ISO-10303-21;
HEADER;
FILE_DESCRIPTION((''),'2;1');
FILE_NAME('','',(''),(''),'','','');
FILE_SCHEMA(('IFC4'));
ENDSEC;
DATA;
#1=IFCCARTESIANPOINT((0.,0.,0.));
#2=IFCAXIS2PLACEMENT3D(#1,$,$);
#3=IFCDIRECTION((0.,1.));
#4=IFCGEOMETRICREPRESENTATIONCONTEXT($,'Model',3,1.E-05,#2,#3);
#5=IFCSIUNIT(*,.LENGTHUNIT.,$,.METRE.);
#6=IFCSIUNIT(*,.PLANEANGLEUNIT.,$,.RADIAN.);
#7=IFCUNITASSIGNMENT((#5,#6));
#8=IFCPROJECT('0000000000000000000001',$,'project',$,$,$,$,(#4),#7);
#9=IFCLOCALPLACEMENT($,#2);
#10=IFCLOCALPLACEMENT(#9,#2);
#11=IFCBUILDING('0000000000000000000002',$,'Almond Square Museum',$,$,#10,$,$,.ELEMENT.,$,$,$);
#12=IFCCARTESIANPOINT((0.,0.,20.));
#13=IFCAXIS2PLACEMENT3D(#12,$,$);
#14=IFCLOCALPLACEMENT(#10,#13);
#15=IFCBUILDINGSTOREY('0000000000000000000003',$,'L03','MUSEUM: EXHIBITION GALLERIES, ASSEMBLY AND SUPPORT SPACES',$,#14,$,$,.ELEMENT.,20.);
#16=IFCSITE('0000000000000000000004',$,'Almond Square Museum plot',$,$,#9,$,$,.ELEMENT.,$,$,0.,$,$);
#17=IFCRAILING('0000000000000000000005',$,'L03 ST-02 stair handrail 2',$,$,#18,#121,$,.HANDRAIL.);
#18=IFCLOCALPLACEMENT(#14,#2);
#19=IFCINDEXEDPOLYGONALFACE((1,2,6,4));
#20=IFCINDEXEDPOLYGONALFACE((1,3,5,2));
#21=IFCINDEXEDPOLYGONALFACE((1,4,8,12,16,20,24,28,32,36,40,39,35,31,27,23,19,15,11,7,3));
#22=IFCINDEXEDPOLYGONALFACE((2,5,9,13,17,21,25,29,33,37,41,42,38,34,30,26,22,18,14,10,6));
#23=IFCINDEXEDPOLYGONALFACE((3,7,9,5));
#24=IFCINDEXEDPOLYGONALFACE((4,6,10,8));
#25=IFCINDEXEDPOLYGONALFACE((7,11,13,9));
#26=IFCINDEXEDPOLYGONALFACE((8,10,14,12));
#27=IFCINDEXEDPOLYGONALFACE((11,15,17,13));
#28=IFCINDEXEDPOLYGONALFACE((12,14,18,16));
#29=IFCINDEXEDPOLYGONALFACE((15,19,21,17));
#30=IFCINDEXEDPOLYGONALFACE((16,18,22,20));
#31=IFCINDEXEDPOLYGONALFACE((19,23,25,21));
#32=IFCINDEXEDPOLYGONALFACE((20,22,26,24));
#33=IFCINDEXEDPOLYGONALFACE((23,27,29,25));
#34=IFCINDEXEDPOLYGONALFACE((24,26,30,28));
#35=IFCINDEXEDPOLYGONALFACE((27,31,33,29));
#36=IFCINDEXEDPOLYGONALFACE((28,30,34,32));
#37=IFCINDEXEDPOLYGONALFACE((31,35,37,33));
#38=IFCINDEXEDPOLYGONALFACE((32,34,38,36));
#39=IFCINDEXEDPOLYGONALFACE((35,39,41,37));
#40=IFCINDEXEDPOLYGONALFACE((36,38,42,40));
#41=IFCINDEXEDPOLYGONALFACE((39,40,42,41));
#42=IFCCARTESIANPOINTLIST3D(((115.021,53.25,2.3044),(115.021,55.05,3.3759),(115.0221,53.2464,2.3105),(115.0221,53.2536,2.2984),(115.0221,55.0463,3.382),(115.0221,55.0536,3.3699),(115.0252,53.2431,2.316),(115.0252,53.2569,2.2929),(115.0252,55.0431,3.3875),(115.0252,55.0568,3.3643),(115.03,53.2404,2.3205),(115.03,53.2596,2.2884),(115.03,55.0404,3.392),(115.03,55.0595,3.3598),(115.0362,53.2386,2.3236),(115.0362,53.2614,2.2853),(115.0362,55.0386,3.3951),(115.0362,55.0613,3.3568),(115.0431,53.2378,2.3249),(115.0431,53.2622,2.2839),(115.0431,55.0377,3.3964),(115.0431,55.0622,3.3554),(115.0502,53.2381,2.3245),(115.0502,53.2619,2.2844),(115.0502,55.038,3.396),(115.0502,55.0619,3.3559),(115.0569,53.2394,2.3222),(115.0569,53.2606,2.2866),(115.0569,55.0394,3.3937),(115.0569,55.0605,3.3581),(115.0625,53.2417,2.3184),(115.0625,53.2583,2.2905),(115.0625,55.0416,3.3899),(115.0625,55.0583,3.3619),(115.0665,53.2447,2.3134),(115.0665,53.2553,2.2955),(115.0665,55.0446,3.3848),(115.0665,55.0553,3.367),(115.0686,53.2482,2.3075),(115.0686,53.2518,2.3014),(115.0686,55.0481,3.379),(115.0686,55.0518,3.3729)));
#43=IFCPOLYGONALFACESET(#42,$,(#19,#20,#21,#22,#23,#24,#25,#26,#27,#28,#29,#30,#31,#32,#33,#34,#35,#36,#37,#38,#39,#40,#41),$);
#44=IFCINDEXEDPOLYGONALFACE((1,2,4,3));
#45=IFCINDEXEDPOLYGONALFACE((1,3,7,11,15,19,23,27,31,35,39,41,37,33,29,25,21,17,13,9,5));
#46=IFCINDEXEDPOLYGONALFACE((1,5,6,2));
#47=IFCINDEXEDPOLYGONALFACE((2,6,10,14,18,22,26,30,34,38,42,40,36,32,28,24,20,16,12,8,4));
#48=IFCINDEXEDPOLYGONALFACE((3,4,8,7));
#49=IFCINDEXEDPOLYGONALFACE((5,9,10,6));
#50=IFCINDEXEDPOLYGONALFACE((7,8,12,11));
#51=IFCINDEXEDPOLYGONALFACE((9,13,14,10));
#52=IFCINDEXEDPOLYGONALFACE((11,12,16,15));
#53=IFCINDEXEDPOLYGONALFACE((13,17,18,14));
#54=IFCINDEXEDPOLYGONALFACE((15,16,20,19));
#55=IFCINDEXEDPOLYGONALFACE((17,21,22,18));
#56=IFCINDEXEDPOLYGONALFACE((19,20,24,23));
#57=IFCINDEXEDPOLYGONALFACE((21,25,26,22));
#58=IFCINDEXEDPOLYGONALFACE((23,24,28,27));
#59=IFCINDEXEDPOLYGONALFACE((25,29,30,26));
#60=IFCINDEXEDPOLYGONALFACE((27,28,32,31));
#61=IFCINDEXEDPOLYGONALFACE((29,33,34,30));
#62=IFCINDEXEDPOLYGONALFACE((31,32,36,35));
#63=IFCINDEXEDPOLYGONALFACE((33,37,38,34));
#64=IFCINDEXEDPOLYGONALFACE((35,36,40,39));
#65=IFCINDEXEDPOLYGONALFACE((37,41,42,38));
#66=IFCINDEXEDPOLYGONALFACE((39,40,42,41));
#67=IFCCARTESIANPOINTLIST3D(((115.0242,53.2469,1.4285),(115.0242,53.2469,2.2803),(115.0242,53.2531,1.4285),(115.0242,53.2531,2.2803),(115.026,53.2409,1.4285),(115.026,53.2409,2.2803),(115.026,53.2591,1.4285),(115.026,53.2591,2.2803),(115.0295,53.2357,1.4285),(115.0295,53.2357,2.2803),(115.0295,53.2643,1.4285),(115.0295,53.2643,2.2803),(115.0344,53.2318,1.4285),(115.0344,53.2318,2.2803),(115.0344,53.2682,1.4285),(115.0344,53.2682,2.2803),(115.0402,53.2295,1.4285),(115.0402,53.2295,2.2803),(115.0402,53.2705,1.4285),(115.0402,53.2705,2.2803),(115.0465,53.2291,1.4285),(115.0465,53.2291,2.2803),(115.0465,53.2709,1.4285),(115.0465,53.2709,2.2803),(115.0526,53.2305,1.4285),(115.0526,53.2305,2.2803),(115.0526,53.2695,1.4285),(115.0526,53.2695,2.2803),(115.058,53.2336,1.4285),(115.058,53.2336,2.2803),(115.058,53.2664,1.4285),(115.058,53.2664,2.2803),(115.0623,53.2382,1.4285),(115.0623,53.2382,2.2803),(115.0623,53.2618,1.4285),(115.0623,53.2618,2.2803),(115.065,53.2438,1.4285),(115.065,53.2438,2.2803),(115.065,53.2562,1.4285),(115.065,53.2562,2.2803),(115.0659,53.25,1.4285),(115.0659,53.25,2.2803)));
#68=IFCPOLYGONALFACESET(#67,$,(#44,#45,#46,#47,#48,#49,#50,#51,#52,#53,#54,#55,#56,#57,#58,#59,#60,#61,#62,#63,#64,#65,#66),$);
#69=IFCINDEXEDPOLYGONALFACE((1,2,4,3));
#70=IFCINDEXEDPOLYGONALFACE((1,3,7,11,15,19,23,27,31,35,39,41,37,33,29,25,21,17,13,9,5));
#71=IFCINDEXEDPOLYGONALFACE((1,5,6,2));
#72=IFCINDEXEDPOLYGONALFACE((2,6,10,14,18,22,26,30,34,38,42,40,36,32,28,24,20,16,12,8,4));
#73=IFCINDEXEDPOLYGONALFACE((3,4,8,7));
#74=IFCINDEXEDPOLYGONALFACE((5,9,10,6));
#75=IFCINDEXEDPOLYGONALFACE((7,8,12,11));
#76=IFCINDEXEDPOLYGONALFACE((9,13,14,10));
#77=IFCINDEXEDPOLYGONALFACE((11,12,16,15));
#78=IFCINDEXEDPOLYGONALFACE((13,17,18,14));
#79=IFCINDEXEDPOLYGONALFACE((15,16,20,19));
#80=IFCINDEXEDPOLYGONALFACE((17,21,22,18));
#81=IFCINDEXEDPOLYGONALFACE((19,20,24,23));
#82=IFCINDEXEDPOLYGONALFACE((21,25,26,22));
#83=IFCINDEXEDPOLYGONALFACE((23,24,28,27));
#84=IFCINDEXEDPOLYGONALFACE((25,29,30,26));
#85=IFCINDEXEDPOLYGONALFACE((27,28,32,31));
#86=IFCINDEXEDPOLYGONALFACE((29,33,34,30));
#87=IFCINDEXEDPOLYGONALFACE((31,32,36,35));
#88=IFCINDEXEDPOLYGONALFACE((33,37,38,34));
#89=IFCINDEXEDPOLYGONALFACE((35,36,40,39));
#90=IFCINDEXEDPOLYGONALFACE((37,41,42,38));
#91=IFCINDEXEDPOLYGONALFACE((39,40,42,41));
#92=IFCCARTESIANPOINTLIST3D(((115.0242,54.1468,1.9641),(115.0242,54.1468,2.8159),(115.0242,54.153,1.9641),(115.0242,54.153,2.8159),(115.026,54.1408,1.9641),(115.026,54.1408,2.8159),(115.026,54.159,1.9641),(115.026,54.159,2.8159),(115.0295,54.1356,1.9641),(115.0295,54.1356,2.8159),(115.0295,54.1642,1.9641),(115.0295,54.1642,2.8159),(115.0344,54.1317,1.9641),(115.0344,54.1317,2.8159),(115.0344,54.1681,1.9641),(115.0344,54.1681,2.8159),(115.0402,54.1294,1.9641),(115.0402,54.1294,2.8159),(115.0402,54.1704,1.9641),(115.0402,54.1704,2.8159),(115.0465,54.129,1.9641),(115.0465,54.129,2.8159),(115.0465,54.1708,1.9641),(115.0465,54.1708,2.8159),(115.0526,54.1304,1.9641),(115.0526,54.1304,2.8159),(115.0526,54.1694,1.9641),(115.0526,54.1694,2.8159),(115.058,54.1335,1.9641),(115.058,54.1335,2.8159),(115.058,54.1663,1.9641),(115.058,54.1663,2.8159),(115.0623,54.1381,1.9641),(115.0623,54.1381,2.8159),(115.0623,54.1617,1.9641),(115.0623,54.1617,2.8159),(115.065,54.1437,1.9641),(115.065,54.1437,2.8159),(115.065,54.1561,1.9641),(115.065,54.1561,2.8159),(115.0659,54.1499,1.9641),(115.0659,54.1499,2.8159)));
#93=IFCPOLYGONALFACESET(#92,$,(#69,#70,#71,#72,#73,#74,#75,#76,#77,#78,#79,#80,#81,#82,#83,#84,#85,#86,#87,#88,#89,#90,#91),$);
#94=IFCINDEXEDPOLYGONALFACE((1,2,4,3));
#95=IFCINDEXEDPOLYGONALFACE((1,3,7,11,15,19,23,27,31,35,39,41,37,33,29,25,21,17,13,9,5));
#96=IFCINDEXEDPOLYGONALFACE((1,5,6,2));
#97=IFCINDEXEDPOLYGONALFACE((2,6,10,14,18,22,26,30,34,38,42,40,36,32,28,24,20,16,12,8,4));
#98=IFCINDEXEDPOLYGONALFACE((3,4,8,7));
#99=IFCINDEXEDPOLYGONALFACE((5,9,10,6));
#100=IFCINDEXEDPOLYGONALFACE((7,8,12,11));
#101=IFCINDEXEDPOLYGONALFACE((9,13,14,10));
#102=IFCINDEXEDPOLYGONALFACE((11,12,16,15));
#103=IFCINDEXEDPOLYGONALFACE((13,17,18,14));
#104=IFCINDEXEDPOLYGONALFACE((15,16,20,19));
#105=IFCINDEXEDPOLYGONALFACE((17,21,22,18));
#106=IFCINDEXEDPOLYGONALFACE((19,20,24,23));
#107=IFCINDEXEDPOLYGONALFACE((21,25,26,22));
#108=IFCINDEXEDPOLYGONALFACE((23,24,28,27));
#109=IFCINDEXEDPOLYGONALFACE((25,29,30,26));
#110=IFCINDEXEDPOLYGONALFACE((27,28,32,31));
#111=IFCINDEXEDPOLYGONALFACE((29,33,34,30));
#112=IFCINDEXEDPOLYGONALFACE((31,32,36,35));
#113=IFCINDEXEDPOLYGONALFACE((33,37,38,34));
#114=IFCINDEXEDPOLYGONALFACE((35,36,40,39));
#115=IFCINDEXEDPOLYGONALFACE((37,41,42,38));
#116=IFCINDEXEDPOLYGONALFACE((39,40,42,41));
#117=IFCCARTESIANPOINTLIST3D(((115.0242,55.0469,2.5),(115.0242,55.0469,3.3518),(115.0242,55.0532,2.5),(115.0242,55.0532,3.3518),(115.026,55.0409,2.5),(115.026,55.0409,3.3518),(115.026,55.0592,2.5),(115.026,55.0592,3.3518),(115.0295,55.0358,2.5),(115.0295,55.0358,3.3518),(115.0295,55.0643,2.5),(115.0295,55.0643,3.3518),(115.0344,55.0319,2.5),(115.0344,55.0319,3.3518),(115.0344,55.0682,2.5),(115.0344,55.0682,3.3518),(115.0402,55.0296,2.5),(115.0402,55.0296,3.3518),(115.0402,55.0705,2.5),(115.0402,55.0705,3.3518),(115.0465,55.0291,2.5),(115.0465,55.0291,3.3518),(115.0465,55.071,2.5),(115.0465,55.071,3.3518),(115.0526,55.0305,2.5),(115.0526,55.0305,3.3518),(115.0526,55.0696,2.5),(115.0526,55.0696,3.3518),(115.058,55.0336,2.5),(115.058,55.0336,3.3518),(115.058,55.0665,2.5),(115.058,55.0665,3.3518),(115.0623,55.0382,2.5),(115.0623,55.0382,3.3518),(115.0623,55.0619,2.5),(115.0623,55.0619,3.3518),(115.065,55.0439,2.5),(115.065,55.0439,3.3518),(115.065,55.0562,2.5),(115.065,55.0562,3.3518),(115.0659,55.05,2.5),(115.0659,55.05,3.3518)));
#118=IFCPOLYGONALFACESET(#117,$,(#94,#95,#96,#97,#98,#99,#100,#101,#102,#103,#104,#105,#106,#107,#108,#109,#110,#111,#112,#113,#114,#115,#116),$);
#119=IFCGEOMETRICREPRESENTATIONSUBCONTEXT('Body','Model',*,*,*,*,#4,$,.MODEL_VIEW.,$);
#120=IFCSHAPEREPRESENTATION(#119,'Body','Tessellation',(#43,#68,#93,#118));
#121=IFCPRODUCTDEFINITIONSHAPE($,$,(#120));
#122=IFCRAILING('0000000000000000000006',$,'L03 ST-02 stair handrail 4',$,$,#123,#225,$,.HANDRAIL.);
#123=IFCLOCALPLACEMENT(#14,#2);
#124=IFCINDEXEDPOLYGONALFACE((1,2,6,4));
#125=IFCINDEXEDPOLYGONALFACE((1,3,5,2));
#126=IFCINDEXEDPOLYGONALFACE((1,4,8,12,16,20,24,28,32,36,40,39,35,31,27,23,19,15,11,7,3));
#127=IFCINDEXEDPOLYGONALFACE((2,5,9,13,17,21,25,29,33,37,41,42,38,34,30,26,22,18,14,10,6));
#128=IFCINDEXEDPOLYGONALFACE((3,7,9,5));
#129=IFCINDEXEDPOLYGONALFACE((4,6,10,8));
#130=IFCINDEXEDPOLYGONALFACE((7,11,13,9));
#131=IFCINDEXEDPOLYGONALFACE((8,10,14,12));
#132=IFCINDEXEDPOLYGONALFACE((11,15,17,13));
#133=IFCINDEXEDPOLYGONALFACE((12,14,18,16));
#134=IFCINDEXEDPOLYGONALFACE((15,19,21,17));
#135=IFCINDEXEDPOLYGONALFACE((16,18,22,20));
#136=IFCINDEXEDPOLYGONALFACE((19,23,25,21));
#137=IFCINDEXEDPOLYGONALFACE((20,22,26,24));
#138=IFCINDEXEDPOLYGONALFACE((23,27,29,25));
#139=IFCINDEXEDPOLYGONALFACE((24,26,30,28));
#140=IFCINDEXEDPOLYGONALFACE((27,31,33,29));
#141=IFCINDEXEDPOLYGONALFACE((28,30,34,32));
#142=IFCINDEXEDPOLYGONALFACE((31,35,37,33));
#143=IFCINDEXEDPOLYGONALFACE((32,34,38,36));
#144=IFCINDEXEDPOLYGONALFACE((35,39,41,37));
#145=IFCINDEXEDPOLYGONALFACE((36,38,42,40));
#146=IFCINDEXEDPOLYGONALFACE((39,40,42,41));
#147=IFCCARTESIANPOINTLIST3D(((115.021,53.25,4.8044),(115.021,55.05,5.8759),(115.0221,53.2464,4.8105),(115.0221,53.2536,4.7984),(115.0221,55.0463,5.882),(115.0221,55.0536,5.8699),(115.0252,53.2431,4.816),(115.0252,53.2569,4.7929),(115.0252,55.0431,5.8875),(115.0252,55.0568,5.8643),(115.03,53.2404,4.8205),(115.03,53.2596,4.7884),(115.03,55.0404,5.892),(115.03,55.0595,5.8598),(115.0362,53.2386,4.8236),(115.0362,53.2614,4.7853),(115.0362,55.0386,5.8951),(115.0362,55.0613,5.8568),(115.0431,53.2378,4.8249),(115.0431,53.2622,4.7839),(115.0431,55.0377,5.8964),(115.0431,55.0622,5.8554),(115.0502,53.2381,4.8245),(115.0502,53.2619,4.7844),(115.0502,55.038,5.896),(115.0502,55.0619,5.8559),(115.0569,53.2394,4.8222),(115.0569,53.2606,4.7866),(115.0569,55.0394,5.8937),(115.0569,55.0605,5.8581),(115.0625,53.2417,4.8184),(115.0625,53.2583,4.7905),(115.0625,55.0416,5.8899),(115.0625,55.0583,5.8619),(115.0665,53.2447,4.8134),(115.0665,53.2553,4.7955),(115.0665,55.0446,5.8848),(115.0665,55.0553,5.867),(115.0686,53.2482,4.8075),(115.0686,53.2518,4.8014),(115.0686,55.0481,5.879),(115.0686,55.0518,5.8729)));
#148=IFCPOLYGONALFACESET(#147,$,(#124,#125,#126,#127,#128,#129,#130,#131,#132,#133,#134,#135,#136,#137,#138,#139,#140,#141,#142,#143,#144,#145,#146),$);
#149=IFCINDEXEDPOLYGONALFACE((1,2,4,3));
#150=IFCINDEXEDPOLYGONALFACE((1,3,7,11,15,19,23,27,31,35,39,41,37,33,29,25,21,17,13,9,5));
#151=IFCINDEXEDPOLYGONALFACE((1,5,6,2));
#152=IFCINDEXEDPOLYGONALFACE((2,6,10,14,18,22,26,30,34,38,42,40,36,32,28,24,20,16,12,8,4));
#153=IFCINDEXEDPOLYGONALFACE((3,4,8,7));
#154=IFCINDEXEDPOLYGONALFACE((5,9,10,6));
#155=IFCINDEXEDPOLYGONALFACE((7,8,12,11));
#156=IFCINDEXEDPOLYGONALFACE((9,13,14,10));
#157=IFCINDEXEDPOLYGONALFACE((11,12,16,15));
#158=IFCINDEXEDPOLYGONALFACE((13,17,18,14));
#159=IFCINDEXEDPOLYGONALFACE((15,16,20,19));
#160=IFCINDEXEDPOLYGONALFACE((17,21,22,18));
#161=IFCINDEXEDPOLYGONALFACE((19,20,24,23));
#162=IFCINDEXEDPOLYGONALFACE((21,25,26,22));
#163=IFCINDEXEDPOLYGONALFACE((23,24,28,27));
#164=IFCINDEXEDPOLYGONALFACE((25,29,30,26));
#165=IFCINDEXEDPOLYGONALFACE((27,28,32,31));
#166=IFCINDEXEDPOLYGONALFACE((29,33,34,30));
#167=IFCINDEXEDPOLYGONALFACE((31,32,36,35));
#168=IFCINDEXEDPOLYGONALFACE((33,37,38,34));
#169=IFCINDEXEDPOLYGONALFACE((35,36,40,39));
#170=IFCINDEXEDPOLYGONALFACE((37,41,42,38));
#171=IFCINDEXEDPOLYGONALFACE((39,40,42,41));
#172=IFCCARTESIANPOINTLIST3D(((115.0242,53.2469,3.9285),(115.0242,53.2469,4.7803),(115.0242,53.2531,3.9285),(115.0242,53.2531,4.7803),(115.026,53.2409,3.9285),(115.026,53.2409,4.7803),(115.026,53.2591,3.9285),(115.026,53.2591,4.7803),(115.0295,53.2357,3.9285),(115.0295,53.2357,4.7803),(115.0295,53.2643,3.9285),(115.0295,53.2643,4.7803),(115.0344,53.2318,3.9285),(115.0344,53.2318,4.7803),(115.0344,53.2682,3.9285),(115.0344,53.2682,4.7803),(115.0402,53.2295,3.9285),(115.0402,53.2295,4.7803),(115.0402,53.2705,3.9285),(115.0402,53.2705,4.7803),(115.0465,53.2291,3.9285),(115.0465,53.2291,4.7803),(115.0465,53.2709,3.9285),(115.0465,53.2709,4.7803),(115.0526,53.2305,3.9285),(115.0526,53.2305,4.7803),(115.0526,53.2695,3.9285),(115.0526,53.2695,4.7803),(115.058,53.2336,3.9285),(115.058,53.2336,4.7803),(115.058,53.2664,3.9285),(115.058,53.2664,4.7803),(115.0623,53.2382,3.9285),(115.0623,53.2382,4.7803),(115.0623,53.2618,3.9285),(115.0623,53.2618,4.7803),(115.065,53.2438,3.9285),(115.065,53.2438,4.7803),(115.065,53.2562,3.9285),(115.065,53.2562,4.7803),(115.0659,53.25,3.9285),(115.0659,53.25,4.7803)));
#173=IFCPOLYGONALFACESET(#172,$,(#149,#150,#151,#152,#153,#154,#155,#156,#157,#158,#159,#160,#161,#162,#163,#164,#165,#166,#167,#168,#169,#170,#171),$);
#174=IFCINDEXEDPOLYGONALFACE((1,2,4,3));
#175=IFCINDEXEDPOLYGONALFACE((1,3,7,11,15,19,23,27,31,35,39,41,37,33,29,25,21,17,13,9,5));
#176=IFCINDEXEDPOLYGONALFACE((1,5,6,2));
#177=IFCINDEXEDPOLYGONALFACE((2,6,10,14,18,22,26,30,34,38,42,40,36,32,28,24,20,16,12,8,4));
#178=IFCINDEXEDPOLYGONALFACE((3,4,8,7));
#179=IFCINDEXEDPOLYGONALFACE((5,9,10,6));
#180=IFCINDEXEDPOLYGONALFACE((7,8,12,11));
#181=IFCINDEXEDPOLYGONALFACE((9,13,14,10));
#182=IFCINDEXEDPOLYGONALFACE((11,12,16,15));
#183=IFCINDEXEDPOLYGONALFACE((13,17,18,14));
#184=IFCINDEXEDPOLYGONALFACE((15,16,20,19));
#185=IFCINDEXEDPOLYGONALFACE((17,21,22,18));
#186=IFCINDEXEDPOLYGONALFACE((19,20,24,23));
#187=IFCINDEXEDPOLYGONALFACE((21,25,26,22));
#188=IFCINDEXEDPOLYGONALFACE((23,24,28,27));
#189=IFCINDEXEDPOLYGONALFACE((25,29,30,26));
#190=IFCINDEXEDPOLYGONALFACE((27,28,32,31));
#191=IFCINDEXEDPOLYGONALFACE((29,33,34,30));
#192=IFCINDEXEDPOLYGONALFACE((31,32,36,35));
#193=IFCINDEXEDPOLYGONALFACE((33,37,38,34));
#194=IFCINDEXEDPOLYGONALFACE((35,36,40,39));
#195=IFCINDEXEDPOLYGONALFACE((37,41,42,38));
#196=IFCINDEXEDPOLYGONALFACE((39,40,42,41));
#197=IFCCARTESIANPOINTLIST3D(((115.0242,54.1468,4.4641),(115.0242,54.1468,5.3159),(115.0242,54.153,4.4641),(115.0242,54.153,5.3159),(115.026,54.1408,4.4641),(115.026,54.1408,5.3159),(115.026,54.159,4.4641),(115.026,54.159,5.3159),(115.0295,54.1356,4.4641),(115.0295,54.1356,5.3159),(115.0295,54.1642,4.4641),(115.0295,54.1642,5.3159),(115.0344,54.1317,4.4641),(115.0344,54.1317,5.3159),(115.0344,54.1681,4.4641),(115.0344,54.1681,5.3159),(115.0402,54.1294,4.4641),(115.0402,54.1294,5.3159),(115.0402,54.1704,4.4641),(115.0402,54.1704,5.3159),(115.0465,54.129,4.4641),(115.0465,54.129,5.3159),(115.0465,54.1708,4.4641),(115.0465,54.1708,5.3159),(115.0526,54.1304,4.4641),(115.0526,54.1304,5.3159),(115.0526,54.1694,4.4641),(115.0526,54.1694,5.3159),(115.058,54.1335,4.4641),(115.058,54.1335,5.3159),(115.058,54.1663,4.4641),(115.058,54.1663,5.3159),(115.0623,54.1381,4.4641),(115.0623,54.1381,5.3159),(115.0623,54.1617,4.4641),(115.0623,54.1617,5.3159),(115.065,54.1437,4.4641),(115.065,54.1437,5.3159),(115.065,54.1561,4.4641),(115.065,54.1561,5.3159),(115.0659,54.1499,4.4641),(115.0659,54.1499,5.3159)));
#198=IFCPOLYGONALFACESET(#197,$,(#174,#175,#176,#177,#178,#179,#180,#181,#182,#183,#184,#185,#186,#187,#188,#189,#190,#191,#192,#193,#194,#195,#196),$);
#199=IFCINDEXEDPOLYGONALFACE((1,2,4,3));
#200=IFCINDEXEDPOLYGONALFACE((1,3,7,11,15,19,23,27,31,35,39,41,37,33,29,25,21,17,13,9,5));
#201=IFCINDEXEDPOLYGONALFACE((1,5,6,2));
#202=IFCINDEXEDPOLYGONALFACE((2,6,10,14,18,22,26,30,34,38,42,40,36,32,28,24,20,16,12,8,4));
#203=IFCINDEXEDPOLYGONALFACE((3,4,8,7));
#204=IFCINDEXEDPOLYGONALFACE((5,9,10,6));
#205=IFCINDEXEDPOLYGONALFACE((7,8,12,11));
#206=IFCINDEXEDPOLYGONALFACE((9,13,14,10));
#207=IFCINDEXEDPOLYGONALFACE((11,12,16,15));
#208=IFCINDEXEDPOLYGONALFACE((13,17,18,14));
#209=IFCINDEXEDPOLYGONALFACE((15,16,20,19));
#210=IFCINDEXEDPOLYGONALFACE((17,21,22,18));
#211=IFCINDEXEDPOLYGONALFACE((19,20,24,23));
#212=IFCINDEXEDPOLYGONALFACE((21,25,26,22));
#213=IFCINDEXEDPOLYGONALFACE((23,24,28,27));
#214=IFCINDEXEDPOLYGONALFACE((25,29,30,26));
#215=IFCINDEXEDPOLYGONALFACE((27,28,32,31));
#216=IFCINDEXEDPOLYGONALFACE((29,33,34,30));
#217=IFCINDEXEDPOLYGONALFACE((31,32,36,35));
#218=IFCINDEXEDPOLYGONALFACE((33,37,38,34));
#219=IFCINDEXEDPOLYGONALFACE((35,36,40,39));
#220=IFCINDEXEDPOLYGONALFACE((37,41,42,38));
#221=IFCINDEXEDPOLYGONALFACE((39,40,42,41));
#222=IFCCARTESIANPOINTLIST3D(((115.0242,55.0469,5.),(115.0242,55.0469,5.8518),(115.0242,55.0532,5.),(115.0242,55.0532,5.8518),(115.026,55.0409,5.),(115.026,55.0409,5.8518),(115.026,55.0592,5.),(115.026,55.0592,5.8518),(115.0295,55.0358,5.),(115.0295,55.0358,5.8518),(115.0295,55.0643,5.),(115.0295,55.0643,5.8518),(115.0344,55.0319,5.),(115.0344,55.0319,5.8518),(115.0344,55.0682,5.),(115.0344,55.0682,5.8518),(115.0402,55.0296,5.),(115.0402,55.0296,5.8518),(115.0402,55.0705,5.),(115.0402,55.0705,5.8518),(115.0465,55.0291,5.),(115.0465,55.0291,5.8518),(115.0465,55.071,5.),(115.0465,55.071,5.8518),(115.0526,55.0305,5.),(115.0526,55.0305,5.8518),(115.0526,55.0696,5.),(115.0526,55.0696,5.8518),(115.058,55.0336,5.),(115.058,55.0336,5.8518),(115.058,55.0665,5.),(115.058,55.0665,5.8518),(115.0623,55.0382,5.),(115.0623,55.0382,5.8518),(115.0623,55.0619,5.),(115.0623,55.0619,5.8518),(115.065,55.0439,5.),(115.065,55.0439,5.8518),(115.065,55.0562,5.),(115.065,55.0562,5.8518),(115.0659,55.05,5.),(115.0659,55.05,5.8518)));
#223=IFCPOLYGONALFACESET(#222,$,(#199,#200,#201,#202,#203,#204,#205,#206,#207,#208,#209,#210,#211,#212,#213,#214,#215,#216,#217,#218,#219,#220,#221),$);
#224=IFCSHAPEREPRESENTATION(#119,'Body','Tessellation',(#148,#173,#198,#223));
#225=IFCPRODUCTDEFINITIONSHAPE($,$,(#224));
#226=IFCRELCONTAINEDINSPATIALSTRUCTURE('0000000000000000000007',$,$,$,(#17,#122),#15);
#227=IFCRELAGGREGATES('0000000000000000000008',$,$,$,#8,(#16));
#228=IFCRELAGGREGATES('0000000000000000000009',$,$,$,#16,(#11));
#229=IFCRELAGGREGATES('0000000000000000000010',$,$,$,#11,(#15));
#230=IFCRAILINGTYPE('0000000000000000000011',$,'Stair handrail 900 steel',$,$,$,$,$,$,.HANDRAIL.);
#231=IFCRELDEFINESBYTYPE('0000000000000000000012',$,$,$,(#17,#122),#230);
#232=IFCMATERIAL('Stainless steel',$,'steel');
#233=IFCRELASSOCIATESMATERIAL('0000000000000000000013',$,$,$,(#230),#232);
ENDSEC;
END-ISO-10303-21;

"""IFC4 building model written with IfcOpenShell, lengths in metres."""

from ifc_helpers import new_model, si_unit, direction, frame, origin, origin_2d, place, context, subcontext, project, spatial, circle, extrude, material, type_object, element, save


model = new_model("IFC4")

# Units and contexts
model_context = context("Model", 3, precision=1e-05, world=origin(), true_north=direction((0.0, 1.0)))
body_context = subcontext(model_context, "Body", "Model", "MODEL_VIEW")
ifc_project = project(units=[si_unit("LENGTHUNIT", "METRE"), si_unit("PLANEANGLEUNIT", "RADIAN")], contexts=[model_context])

# Site, building, storey
site_placement = place(None, origin())
site = spatial("IfcSite", under=ifc_project, at=site_placement, Name="Almond Square Museum plot", CompositionType="ELEMENT", RefElevation=0.0)
building_placement = place(site_placement, origin())
building = spatial("IfcBuilding", under=site, at=building_placement, Name="Almond Square Museum", CompositionType="ELEMENT")
storey_placement = place(building_placement, frame((0.0, 0.0, 20.0)))
storey = spatial("IfcBuildingStorey", under=building, at=storey_placement, Name="L03", Description="MUSEUM: EXHIBITION GALLERIES, ASSEMBLY AND SUPPORT SPACES", CompositionType="ELEMENT", Elevation=20.0)

# Railings
ifc_material_1 = material(Name="Stainless steel", Category="steel")
railing_type_1 = type_object("IfcRailingType", Name="Stair handrail 900 steel", PredefinedType="HANDRAIL", material=ifc_material_1)
for number, where, name in (
    (1, (115.0449, 53.25, 1.4285), "L03 ST-02 stair handrail 2"),
    (2, (115.0449, 53.25, 3.9285), "L03 ST-02 stair handrail 4"),
):
    element("IfcRailing", number, at=place(storey_placement, frame(where)), inside=storey, type_object=railing_type_1, Name=name, PredefinedType="HANDRAIL", context=body_context, shape_type="SweptSolid", body=[
        extrude(circle(Radius=0.0239, at=origin_2d()), frame((0.0, 0.0, 0.876), z_axis=(0.0, 0.859277, 0.51151), x_axis=(-1.0, 0.0, 0.0)), (0.0, 0.0, 1.0), 2.0947),
        extrude(circle(Radius=0.021, at=origin_2d()), origin(), (0.0, 0.0, 1.0), 0.8518),
        extrude(circle(Radius=0.021, at=origin_2d()), frame((0.0, 0.8999, 0.5356)), (0.0, 0.0, 1.0), 0.8518),
        extrude(circle(Radius=0.021, at=origin_2d()), frame((0.0, 1.8, 1.0715)), (0.0, 0.0, 1.0), 0.8518),
    ])

save(model, "model.ifc")
